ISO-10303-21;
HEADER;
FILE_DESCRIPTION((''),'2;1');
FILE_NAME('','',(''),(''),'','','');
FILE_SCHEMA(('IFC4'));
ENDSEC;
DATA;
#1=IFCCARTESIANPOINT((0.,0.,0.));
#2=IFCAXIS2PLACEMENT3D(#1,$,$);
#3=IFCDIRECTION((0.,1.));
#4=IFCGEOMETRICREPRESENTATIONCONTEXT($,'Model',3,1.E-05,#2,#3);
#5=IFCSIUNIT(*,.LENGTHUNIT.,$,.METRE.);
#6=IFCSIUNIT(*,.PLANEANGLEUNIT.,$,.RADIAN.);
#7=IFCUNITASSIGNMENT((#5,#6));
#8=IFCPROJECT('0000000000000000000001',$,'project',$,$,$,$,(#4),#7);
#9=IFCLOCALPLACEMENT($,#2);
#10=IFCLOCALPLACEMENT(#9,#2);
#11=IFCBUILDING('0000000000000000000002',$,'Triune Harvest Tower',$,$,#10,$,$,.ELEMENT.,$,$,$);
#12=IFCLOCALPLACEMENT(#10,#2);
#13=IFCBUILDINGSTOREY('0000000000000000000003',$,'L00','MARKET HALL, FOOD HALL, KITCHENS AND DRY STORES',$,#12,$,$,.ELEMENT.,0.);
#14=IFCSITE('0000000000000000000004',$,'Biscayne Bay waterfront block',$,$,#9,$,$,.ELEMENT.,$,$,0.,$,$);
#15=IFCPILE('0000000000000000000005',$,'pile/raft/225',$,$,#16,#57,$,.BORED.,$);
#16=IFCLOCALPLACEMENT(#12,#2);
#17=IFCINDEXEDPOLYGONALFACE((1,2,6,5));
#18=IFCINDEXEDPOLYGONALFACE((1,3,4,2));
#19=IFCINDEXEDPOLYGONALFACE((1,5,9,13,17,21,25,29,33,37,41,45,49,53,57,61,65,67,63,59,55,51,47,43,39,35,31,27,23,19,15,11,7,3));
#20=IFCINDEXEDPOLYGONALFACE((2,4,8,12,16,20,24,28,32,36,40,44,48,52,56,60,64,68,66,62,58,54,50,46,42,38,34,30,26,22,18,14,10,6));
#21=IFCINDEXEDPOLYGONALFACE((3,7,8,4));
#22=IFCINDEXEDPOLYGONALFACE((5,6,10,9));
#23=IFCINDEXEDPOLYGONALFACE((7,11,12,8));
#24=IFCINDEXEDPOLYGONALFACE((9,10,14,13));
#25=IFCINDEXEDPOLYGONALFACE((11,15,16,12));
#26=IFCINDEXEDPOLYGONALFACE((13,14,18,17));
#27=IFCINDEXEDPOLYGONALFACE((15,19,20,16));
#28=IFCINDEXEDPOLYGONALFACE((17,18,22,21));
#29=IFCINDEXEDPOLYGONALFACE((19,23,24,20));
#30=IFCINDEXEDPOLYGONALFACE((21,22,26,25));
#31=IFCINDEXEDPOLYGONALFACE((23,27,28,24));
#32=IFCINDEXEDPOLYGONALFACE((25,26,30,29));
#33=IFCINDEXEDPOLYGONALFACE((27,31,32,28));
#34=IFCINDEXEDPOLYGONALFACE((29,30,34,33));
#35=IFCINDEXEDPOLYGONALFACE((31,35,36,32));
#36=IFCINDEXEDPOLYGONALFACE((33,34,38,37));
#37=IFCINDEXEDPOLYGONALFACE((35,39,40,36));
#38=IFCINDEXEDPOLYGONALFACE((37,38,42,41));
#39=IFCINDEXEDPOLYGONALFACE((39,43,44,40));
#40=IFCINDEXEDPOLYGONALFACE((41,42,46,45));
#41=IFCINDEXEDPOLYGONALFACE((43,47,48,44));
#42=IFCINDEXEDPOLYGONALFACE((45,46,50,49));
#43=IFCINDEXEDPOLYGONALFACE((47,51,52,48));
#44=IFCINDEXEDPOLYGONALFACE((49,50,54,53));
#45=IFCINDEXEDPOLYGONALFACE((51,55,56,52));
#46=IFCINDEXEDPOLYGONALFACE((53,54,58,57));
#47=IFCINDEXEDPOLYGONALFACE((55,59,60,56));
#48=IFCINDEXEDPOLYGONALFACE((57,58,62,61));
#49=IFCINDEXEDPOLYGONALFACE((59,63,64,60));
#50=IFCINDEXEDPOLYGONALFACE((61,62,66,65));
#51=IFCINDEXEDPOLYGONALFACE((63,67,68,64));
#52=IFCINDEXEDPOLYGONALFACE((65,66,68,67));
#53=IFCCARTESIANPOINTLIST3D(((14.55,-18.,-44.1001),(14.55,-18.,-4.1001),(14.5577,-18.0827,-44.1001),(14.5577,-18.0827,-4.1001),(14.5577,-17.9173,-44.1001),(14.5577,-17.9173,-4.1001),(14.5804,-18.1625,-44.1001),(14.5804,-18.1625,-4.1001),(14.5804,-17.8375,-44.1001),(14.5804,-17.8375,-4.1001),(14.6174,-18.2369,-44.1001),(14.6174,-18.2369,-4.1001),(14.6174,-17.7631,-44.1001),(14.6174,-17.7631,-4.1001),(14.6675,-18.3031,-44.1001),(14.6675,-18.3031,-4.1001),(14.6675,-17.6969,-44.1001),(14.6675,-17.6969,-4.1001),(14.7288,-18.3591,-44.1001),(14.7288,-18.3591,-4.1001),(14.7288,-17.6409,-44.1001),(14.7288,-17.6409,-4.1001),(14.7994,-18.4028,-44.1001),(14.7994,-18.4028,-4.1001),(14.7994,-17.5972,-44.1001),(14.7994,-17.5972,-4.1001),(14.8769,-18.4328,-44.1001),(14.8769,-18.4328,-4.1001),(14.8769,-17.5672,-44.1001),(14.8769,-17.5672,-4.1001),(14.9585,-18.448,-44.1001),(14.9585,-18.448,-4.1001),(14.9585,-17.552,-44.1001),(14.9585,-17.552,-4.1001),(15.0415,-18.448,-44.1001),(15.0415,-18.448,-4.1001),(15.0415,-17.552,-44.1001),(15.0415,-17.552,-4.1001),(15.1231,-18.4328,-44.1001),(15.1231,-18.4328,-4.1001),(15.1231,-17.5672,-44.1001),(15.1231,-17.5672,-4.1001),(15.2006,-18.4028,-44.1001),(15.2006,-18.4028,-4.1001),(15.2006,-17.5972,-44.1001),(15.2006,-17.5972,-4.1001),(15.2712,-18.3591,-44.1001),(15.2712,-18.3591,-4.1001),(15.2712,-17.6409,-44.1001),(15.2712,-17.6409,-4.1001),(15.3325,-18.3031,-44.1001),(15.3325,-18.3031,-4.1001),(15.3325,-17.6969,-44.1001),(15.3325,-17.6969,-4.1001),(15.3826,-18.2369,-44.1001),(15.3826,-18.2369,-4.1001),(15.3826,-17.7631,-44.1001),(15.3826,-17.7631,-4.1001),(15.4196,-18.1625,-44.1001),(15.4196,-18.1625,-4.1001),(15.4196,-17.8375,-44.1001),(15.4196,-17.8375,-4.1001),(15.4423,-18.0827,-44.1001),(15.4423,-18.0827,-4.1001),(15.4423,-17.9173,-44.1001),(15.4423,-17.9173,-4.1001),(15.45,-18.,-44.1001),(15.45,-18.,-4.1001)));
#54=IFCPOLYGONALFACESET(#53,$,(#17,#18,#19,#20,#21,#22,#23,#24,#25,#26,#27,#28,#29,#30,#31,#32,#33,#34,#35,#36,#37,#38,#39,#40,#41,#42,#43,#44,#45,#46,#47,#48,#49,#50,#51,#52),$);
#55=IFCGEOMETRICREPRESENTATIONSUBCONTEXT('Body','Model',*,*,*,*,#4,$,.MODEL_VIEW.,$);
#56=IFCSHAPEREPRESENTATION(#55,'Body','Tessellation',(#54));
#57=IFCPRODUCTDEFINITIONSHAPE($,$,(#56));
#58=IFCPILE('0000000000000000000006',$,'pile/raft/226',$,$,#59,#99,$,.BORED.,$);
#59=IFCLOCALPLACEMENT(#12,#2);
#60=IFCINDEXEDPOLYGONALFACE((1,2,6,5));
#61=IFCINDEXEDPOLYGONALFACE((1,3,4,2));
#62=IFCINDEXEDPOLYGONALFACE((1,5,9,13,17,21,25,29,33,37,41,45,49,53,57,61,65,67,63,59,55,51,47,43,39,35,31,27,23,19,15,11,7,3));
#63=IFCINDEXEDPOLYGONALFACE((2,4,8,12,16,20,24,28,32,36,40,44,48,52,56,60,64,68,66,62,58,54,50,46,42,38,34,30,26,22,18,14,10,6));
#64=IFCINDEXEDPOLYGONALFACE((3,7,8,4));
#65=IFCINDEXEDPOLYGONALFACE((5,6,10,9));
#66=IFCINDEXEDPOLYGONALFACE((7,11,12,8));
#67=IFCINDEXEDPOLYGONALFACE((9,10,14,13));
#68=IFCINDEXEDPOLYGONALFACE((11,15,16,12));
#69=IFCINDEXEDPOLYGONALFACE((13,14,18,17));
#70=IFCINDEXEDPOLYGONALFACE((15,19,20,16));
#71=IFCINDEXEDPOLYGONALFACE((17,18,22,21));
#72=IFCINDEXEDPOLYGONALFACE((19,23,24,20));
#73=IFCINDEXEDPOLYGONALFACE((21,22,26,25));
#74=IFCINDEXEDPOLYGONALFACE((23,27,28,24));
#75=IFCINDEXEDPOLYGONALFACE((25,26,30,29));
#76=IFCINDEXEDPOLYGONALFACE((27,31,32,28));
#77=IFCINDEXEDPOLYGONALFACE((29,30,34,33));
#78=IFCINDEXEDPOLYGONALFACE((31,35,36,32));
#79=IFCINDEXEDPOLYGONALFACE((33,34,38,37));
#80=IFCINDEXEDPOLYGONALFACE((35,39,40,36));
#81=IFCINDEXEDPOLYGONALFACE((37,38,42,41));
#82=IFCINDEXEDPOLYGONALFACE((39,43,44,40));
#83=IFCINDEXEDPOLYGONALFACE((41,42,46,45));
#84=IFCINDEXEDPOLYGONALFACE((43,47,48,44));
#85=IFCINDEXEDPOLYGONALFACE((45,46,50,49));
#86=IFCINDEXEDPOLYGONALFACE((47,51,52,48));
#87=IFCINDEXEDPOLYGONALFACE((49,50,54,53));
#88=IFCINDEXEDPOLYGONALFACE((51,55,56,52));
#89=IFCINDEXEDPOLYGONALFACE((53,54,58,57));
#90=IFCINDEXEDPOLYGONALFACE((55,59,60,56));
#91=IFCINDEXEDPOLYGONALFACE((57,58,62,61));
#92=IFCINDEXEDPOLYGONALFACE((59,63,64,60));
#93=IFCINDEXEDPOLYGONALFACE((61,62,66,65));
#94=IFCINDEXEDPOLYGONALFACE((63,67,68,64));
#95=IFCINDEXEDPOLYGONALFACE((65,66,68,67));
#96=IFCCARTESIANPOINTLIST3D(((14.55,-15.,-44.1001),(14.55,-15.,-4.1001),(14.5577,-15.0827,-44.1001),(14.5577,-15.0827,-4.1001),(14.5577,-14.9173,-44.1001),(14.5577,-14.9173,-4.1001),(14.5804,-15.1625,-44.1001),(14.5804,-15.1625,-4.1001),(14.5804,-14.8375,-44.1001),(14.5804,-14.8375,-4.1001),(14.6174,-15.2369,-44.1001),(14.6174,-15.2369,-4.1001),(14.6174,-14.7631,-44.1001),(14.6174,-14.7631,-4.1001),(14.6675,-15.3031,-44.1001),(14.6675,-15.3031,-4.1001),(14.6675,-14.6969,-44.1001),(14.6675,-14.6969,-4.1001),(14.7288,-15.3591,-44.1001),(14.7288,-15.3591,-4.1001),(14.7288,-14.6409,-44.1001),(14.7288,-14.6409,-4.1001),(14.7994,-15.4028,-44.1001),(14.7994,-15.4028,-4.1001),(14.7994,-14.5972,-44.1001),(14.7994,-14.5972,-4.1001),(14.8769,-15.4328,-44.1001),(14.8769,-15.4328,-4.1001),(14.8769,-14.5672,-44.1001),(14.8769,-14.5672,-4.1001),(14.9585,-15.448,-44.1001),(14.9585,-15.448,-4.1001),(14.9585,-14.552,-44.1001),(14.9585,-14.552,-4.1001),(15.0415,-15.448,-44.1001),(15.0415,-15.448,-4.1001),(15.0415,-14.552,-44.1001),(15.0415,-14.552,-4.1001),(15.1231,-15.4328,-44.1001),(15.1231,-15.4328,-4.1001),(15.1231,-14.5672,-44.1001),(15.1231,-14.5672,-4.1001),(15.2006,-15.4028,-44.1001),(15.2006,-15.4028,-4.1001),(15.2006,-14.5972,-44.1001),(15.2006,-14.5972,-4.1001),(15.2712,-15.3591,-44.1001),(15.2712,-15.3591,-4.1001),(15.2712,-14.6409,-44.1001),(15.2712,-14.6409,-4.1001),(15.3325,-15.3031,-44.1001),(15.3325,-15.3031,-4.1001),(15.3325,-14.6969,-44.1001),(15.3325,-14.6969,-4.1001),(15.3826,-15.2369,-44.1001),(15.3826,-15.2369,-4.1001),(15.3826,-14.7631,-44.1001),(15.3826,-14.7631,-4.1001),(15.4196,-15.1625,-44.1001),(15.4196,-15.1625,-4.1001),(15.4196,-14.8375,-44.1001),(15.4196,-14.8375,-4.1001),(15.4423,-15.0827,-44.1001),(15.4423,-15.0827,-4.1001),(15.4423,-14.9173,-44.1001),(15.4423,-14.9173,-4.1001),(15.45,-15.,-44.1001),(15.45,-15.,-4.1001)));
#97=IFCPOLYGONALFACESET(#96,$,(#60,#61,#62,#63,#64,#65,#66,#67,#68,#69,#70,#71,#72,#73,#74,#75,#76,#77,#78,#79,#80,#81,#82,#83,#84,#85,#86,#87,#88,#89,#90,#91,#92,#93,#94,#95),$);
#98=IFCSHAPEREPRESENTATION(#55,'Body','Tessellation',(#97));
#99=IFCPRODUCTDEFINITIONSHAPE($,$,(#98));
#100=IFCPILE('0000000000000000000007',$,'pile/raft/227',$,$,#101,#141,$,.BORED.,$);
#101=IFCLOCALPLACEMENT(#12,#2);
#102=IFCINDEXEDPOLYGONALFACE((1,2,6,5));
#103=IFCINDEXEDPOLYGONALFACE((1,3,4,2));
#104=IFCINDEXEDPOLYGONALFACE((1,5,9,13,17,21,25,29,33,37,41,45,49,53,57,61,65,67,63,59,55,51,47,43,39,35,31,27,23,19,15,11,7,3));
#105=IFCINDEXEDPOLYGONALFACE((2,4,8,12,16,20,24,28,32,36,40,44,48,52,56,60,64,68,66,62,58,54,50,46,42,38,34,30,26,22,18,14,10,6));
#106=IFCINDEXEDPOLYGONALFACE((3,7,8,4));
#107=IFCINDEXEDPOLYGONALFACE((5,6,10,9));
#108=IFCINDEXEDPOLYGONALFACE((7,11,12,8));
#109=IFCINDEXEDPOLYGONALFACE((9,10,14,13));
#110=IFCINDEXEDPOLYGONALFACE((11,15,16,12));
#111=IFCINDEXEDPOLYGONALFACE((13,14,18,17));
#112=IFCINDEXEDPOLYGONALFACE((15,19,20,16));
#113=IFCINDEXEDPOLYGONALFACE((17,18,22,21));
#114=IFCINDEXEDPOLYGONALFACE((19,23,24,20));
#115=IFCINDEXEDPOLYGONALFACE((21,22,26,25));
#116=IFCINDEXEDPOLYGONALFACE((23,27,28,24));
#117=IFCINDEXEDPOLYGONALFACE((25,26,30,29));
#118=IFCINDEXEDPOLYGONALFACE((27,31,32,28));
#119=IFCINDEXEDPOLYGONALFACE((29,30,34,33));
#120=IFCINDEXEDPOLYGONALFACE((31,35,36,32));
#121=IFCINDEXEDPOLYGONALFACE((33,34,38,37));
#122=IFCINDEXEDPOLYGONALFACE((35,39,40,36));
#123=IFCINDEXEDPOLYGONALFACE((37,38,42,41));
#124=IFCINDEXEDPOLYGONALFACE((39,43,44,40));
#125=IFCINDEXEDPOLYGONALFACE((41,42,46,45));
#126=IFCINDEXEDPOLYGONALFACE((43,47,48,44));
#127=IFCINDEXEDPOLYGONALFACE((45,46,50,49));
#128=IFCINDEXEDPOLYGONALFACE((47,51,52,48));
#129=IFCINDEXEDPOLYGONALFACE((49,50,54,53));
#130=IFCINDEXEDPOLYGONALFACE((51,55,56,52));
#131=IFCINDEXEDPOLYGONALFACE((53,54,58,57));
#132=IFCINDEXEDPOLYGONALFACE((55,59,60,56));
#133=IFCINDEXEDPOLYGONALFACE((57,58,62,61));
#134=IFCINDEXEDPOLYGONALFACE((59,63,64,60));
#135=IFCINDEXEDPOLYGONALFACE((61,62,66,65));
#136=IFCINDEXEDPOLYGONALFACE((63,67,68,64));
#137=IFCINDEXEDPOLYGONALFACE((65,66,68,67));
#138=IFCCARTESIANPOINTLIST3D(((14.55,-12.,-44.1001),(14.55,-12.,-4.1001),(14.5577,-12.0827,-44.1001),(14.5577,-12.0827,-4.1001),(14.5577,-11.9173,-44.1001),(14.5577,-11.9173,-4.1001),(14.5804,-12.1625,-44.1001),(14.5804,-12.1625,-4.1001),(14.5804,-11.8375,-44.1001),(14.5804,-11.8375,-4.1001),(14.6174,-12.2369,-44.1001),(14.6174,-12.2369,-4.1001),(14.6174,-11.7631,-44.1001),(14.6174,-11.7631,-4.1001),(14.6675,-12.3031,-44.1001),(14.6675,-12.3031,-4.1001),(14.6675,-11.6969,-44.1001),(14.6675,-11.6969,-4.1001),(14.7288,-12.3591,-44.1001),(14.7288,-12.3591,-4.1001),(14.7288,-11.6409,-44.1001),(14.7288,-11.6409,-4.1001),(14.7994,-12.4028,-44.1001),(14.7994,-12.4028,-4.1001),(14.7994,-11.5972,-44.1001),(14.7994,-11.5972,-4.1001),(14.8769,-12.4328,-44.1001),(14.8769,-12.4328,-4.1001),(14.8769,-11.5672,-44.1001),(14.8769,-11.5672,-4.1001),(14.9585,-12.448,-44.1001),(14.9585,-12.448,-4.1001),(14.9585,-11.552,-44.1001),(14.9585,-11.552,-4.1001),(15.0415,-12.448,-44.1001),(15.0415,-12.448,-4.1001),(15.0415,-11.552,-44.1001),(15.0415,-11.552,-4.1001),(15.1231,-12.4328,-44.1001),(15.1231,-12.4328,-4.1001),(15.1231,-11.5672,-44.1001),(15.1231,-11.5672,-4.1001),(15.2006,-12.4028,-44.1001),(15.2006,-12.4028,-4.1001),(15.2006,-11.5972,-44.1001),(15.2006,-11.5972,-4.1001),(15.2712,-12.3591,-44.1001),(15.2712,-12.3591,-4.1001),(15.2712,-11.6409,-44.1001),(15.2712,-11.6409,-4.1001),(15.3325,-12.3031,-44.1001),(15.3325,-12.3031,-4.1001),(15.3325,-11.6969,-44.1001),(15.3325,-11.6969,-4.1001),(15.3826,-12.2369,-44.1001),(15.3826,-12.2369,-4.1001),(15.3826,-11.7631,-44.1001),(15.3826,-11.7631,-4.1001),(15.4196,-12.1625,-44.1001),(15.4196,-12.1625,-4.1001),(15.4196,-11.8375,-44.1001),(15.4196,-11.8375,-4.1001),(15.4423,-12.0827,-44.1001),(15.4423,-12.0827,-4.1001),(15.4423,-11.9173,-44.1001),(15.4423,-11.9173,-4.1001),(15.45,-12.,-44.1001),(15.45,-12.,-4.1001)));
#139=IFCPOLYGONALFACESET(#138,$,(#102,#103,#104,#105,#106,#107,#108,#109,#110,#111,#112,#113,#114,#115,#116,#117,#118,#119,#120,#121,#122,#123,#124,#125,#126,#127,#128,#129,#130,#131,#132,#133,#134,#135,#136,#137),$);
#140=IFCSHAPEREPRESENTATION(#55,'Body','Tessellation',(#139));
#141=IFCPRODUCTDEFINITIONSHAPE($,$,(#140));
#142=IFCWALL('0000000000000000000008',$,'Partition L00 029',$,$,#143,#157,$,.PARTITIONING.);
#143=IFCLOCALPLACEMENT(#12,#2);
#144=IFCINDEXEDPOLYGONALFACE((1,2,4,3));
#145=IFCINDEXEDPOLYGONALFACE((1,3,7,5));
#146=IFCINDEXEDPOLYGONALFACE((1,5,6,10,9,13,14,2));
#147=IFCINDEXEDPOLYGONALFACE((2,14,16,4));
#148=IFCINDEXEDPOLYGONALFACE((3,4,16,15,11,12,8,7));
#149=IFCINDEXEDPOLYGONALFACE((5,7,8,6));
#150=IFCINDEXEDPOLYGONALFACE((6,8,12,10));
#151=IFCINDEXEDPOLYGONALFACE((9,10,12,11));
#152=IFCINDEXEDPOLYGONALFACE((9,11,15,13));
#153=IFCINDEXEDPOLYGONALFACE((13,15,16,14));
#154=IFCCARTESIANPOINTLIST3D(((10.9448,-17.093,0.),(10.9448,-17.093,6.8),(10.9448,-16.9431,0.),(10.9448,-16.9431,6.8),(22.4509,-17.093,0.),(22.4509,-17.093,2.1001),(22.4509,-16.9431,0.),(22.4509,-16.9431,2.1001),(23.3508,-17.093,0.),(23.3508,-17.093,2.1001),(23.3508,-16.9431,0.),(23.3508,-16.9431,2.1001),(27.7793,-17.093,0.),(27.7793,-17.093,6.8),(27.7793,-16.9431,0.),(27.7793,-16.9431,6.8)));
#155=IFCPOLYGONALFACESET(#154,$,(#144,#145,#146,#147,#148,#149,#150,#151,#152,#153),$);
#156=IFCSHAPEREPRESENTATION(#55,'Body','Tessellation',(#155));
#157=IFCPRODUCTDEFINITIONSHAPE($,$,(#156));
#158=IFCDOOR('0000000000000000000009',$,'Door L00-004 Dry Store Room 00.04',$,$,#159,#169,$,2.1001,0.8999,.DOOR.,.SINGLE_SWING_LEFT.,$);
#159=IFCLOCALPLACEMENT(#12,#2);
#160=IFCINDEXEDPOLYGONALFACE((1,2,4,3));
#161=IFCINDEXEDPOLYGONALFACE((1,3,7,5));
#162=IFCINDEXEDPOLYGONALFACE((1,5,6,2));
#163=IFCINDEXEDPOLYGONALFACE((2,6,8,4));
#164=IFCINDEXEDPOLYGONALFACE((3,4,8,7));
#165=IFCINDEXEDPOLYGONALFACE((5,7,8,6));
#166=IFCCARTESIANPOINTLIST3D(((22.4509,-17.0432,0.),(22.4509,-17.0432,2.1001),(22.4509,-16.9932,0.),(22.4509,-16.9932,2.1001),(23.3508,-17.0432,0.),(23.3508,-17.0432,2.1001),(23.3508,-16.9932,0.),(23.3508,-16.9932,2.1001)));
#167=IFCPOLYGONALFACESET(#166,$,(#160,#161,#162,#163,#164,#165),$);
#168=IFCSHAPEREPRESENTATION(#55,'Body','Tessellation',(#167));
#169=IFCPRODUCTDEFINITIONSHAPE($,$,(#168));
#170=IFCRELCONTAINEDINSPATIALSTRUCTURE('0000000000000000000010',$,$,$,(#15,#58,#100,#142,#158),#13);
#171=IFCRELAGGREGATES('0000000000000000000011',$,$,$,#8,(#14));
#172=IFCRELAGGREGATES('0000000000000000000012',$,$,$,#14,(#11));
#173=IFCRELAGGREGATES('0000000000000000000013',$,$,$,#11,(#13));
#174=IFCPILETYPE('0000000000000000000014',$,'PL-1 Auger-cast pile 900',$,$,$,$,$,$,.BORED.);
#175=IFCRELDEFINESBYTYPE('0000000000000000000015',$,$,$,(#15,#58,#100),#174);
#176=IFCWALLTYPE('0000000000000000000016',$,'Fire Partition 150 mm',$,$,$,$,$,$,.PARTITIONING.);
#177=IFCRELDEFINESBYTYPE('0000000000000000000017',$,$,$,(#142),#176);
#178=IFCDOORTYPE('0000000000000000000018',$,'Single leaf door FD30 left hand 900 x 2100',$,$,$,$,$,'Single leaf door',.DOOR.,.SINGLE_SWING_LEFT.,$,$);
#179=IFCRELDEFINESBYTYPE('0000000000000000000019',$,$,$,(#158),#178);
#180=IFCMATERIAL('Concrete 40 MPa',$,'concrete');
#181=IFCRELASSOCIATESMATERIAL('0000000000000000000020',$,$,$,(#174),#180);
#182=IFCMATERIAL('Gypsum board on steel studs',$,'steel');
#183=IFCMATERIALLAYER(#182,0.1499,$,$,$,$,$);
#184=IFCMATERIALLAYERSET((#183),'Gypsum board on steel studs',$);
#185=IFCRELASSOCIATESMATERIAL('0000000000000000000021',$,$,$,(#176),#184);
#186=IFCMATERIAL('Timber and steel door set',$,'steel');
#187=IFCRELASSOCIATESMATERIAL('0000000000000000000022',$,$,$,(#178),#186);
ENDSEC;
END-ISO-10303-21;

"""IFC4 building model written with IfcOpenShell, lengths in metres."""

from ifc_helpers import new_model, si_unit, direction, frame, frame_2d, origin, origin_2d, place, context, subcontext, project, spatial, rectangle, circle, extrude, source, transform, mapped, material, layer, layer_set, material_profile, profile_set, type_object, element, fill, save


model = new_model("IFC4")

# Units and contexts
model_context = context("Model", 3, precision=1e-05, world=origin(), true_north=direction((0.0, 1.0)))
body_context = subcontext(model_context, "Body", "Model", "MODEL_VIEW")
ifc_project = project(units=[si_unit("LENGTHUNIT", "METRE"), si_unit("PLANEANGLEUNIT", "RADIAN")], contexts=[model_context])

# Site, building, storey
site_placement = place(None, origin())
site = spatial("IfcSite", under=ifc_project, at=site_placement, Name="Biscayne Bay waterfront block", CompositionType="ELEMENT", RefElevation=0.0)
building_placement = place(site_placement, origin())
building = spatial("IfcBuilding", under=site, at=building_placement, Name="Triune Harvest Tower", CompositionType="ELEMENT")
storey_placement = place(building_placement, origin())
storey = spatial("IfcBuildingStorey", under=building, at=storey_placement, Name="L00", Description="MARKET HALL, FOOD HALL, KITCHENS AND DRY STORES", CompositionType="ELEMENT", Elevation=0.0)

# Piles
ifc_material_1 = material(Name="Concrete 40 MPa", Category="concrete")
ifc_material_profile = material_profile(ifc_material_1, circle(Radius=0.45, at=origin_2d()), Name="Bored 900")
ifc_profile_set = profile_set([ifc_material_profile], Name="Concrete 40 MPa")
pile_type = type_object("IfcPileType", Name="PL-1 Auger-cast pile 900", PredefinedType="BORED", material=ifc_profile_set)
shared_shape_1 = source(origin(), body_context, "Body", "SweptSolid", [
    extrude(circle(Radius=0.45, at=origin_2d()), origin(), (0.0, 0.0, 1.0), 40.0),
])
for number, where, z_axis, x_axis, name in (
    (1, (15.0, -18.0, -4.1001), (0.0, 0.0, -1.0), (1.0, 0.0, 0.0), "pile/raft/225"),
    (2, (15.0, -15.0, -4.1001), (0.0, 0.0, -1.0), (1.0, 0.0, 0.0), "pile/raft/226"),
    (3, (15.0, -12.0, -4.1001), (0.0, 0.0, -1.0), (1.0, 0.0, 0.0), "pile/raft/227"),
):
    element("IfcPile", number, at=place(storey_placement, frame(where, z_axis=z_axis, x_axis=x_axis)), inside=storey, type_object=pile_type, Name=name, PredefinedType="BORED", context=body_context, shape_type="MappedRepresentation", body=[
        mapped(shared_shape_1, transform((0.0, 0.0, 0.0), scale=1.0)),
    ])

# Wall, opening, door
ifc_material_2 = material(Name="Gypsum board on steel studs", Category="steel")
ifc_layer_1 = layer(ifc_material_2, 0.1499)
ifc_layer_set_1 = layer_set([ifc_layer_1], Name="Gypsum board on steel studs")
wall_type_1 = type_object("IfcWallType", Name="Fire Partition 150 mm", PredefinedType="PARTITIONING", material=ifc_layer_set_1)
wall_1_placement = place(storey_placement, frame((10.9448, -17.0181, 0.0), z_axis=(0.0, 0.0, 1.0), x_axis=(1.0, 0.0, 0.0)))
wall_1 = element("IfcWall", 4, at=wall_1_placement, inside=storey, type_object=wall_type_1, Name="Partition L00 029", PredefinedType="PARTITIONING", context=body_context, shape_type="SweptSolid", body=[
    extrude(rectangle(XDim=16.8345, YDim=0.1499, at=frame_2d((8.4172, 0.0))), origin(), (0.0, 0.0, 1.0), 6.8),
])
opening_1_placement = place(wall_1_placement, frame((11.5061, 0.0, 0.0)))
opening_1 = element("IfcOpeningElement", 5, at=opening_1_placement, cuts=wall_1, PredefinedType="OPENING", context=body_context, shape_type="SweptSolid", body=[
    extrude(rectangle(XDim=0.8999, YDim=2.1001, at=frame_2d((0.45, 1.05))), frame((0.0, 0.085, 0.0), z_axis=(0.0, -1.0, 0.0), x_axis=(1.0, 0.0, 0.0)), (0.0, 0.0, 1.0), 0.1699),
])
ifc_material_3 = material(Name="Timber and steel door set", Category="steel")
door_type_1 = type_object("IfcDoorType", Name="Single leaf door FD30 left hand 900 x 2100", ElementType="Single leaf door", OperationType="SINGLE_SWING_LEFT", PredefinedType="DOOR", material=ifc_material_3)
door_1_placement = place(opening_1_placement, origin())
door_1 = element("IfcDoor", 6, at=door_1_placement, inside=storey, type_object=door_type_1, Name="Door L00-004 Dry Store Room 00.04", OperationType="SINGLE_SWING_LEFT", OverallHeight=2.1001, OverallWidth=0.8999, PredefinedType="DOOR", context=body_context, shape_type="SweptSolid", body=[
    extrude(rectangle(XDim=0.8999, YDim=2.1001, at=frame_2d((0.45, 1.05))), frame((0.0, 0.0249, 0.0), z_axis=(0.0, -1.0, 0.0), x_axis=(1.0, 0.0, 0.0)), (0.0, 0.0, 1.0), 0.05),
])
fill(opening_1, door_1)

save(model, "model.ifc")
